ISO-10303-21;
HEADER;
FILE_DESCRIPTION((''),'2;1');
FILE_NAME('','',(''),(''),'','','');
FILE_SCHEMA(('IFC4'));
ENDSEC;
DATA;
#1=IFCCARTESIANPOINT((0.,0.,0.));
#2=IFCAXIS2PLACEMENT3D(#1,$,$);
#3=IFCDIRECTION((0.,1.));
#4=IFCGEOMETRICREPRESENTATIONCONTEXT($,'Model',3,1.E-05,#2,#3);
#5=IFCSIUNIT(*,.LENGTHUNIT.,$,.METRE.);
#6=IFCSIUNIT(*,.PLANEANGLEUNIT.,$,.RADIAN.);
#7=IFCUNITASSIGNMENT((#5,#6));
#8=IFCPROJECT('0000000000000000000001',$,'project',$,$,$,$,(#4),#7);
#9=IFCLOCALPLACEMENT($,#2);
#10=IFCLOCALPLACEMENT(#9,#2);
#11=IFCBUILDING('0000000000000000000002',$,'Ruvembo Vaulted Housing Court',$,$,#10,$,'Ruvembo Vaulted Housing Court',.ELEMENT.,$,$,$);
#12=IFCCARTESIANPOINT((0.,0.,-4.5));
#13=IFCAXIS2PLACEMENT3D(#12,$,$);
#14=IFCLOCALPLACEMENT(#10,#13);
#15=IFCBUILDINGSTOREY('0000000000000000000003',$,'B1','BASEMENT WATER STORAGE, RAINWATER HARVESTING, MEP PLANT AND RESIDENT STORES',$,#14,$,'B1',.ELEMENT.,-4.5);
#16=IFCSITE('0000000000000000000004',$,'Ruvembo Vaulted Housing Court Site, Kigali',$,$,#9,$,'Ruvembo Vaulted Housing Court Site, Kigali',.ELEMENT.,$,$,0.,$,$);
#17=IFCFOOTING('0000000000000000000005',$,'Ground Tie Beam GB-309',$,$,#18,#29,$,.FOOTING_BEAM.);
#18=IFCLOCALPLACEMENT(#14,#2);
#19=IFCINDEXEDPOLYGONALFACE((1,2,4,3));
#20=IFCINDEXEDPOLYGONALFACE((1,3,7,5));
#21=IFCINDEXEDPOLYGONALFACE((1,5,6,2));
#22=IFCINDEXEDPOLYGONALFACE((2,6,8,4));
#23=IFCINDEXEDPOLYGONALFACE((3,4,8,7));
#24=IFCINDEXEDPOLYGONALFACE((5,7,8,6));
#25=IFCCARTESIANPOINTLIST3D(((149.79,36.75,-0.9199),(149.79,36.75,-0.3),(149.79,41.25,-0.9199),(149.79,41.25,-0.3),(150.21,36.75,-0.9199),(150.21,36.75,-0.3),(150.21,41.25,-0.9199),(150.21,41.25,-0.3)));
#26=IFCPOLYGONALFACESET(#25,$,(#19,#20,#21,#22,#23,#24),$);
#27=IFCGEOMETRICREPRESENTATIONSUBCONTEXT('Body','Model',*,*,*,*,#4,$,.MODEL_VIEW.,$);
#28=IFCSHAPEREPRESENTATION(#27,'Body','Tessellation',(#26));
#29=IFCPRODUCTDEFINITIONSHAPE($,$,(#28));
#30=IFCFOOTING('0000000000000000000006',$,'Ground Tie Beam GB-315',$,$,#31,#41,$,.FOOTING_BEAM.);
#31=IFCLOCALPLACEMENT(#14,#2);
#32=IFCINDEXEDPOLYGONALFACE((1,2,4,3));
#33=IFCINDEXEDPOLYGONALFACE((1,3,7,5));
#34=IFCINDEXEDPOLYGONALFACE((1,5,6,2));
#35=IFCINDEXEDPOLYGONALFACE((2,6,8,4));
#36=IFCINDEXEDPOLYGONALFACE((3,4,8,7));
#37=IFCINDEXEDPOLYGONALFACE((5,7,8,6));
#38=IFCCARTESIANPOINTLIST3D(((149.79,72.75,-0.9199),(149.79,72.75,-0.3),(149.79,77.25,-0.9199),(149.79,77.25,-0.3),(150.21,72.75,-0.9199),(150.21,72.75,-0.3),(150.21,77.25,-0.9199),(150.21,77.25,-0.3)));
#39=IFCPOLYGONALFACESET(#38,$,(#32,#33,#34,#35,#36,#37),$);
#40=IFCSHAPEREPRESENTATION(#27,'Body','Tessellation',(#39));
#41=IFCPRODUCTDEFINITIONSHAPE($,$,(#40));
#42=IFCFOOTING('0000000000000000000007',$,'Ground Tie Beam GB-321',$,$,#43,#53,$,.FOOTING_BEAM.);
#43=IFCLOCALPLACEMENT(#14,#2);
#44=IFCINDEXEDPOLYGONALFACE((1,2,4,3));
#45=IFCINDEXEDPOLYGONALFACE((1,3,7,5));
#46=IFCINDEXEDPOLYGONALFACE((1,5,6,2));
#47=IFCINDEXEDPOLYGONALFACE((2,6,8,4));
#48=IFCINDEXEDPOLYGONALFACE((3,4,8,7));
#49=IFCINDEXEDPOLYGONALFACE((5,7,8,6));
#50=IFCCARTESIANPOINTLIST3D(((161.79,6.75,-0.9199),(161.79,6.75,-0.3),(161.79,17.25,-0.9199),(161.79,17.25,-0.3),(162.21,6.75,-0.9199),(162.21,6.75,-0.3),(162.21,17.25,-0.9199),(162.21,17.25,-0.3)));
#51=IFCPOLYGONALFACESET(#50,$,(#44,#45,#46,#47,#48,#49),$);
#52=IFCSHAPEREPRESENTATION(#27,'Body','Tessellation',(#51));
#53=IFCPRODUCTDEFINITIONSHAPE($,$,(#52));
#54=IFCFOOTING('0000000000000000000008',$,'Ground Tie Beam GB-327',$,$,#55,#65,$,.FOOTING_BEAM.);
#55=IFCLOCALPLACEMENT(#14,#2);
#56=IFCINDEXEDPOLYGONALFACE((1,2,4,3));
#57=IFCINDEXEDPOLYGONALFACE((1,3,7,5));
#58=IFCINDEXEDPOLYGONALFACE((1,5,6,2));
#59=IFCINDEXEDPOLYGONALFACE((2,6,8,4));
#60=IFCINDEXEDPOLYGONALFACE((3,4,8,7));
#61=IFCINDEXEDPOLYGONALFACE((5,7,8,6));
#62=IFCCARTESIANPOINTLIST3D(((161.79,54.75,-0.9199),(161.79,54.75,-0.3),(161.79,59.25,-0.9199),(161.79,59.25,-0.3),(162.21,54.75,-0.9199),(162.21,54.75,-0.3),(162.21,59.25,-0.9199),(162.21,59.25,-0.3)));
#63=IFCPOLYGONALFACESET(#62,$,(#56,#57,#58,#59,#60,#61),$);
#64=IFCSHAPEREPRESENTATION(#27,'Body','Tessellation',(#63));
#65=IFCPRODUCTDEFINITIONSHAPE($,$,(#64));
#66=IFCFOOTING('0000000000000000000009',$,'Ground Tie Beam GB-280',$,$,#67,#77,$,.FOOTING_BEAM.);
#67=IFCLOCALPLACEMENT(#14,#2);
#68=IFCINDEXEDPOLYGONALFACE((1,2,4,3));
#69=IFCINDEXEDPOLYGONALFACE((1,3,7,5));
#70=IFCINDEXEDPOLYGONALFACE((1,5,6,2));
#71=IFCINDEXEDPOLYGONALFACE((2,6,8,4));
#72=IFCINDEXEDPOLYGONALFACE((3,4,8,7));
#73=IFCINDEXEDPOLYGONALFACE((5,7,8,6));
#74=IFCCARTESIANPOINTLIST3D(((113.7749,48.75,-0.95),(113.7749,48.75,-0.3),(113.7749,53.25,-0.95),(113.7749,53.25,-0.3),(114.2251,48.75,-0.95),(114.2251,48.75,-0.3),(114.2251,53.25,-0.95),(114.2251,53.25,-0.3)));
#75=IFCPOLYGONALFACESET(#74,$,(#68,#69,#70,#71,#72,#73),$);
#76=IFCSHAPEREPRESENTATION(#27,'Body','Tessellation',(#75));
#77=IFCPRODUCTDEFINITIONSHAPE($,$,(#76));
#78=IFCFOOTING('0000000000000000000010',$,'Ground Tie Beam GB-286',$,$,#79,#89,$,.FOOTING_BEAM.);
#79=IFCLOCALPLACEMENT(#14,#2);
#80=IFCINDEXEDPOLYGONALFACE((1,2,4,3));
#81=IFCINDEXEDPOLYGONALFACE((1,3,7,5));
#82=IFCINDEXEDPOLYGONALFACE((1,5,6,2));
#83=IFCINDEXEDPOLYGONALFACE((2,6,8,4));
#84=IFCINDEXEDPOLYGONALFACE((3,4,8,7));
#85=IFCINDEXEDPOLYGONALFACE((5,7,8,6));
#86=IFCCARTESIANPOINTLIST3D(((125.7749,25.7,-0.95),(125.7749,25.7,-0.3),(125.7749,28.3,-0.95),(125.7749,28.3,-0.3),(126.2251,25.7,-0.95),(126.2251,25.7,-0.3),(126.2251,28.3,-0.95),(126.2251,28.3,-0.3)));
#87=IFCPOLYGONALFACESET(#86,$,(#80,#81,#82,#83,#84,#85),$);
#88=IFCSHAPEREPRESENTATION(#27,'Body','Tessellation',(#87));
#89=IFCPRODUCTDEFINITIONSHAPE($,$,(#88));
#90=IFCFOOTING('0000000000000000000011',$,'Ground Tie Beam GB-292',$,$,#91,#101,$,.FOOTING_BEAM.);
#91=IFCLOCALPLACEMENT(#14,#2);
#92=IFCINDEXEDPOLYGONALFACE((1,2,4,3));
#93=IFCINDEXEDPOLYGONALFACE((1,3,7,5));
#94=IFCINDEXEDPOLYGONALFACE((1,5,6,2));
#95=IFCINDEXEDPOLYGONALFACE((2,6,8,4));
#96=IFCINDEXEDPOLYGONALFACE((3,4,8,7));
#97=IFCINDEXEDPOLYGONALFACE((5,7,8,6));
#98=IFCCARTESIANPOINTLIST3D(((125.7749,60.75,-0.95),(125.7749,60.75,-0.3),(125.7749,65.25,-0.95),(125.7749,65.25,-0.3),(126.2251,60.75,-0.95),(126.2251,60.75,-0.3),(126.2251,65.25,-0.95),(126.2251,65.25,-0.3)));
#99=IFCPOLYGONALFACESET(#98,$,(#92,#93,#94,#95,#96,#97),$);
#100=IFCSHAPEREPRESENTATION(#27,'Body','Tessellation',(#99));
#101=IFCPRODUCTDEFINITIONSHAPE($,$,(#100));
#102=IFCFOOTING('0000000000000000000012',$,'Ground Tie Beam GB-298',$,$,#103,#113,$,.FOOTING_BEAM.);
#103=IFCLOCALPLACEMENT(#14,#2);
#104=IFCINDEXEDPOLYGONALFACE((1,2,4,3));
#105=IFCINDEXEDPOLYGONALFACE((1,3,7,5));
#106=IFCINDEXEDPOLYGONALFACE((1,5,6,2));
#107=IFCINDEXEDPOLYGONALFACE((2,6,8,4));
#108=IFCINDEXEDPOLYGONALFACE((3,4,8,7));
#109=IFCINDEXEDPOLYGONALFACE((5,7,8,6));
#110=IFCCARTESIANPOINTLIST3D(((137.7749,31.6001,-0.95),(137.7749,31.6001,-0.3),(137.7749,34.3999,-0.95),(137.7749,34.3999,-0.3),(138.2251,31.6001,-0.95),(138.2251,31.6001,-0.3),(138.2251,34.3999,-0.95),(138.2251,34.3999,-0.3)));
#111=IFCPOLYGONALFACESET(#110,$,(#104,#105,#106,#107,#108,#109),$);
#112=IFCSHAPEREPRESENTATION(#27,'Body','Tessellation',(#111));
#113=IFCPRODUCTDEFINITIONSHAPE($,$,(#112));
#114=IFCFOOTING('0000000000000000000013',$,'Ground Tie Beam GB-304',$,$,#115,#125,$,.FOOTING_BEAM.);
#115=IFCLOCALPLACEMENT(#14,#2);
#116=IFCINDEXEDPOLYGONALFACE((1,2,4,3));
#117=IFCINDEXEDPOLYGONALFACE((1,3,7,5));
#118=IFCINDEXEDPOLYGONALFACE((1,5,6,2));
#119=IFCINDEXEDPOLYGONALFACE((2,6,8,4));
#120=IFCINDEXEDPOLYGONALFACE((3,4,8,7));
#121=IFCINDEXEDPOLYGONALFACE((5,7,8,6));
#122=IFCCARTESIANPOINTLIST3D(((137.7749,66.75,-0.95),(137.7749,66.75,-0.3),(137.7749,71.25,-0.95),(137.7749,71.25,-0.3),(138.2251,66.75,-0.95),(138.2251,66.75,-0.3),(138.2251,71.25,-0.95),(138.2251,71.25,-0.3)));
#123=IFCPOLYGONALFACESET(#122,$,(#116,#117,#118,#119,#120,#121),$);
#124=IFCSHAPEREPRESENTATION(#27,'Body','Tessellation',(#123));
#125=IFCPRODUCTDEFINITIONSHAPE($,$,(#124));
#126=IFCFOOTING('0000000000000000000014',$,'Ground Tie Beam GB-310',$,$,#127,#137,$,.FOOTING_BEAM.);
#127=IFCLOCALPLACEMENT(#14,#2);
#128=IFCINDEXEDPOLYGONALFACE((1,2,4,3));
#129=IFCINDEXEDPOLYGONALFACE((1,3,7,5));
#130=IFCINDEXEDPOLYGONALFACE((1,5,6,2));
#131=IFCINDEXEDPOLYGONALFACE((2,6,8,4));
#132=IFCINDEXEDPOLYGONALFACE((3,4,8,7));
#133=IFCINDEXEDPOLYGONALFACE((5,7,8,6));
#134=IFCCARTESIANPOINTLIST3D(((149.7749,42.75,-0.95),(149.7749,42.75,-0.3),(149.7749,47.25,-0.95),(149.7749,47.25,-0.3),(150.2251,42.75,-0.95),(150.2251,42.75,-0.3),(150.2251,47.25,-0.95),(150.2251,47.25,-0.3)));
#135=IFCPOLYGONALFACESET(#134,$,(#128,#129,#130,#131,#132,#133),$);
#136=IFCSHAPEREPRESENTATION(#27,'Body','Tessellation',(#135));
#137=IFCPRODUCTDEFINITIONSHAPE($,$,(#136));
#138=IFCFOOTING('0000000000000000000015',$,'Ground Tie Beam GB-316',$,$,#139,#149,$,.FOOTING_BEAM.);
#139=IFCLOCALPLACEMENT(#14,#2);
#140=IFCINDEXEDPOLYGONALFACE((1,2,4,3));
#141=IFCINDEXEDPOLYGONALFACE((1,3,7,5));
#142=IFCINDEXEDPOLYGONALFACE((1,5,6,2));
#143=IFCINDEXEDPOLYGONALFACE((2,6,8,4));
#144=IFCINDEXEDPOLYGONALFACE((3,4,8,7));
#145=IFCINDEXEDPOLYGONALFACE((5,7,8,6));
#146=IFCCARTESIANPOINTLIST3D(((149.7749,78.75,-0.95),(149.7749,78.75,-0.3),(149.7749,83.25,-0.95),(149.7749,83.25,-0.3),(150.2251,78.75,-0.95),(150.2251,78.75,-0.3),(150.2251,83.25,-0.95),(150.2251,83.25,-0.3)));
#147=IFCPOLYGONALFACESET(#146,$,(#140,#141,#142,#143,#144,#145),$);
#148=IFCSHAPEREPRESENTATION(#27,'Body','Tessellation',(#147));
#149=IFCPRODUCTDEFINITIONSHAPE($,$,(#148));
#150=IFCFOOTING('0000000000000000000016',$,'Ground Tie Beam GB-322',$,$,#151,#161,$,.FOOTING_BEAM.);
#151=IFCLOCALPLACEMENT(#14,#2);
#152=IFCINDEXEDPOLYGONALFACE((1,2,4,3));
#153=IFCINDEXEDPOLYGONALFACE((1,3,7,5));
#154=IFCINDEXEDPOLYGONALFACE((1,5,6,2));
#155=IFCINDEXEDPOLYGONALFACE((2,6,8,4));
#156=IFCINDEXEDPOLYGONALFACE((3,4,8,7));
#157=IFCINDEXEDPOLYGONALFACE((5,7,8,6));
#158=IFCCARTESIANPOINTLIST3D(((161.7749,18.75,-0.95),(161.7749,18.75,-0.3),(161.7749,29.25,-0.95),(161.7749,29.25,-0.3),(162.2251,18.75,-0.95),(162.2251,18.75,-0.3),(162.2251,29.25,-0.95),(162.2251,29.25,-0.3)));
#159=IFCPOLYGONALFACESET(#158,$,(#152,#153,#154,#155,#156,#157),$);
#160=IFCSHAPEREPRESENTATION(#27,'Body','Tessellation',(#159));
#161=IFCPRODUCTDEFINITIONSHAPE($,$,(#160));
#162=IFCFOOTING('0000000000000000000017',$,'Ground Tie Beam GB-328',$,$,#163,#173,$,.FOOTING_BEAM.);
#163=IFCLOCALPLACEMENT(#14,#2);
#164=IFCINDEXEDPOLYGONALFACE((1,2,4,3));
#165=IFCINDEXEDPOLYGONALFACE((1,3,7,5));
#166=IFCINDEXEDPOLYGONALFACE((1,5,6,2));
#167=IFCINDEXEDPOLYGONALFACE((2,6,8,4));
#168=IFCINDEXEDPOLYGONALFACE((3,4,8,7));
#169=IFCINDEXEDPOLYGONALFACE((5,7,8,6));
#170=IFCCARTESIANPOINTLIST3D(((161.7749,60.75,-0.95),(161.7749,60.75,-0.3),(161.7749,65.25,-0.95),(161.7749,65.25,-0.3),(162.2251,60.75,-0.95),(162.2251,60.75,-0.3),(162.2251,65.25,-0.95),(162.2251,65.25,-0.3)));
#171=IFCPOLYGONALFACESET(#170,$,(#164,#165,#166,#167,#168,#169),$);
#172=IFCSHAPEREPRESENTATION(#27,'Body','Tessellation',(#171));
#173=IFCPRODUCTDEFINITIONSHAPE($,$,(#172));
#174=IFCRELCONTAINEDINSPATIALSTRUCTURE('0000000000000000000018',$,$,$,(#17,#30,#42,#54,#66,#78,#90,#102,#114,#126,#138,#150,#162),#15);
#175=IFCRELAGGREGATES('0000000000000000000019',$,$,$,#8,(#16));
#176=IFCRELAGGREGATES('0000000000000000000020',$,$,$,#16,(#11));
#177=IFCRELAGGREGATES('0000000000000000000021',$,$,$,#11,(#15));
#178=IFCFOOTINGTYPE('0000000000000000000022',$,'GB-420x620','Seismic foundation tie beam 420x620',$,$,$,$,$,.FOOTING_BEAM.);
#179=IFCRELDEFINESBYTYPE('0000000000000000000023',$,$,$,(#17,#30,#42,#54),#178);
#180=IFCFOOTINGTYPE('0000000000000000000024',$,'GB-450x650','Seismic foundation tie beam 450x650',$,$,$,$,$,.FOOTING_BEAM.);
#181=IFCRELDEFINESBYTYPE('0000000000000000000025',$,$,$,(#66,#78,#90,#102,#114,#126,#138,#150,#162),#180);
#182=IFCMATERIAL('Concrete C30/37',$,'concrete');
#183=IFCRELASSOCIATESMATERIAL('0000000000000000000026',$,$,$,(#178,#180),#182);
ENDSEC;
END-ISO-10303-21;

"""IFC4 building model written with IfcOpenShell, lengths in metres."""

from ifc_helpers import new_model, si_unit, direction, frame, origin, place, context, subcontext, project, spatial, polyline, outline, extrude, material, type_object, element, save


model = new_model("IFC4")

# Units and contexts
model_context = context("Model", 3, precision=1e-05, world=origin(), true_north=direction((0.0, 1.0)))
body_context = subcontext(model_context, "Body", "Model", "MODEL_VIEW")
ifc_project = project(units=[si_unit("LENGTHUNIT", "METRE"), si_unit("PLANEANGLEUNIT", "RADIAN")], contexts=[model_context])

# Site, building, storey
site_placement = place(None, origin())
site = spatial("IfcSite", under=ifc_project, at=site_placement, Name="Ruvembo Vaulted Housing Court Site, Kigali", LongName="Ruvembo Vaulted Housing Court Site, Kigali", CompositionType="ELEMENT", RefElevation=0.0)
building_placement = place(site_placement, origin())
building = spatial("IfcBuilding", under=site, at=building_placement, Name="Ruvembo Vaulted Housing Court", LongName="Ruvembo Vaulted Housing Court", CompositionType="ELEMENT")
storey_placement = place(building_placement, frame((0.0, 0.0, -4.5)))
storey = spatial("IfcBuildingStorey", under=building, at=storey_placement, Name="B1", Description="BASEMENT WATER STORAGE, RAINWATER HARVESTING, MEP PLANT AND RESIDENT STORES", LongName="B1", CompositionType="ELEMENT", Elevation=-4.5)

# Footings
ifc_material = material(Name="Concrete C30/37", Category="concrete")
footing_type_1 = type_object("IfcFootingType", Name="GB-420x620", Description="Seismic foundation tie beam 420x620", PredefinedType="FOOTING_BEAM", material=ifc_material)
footing_1_placement = place(storey_placement, frame((0.0, 0.0, -0.9199)))
element("IfcFooting", 1, at=footing_1_placement, inside=storey, type_object=footing_type_1, Name="Ground Tie Beam GB-309", PredefinedType="FOOTING_BEAM", context=body_context, shape_type="SweptSolid", body=[
    extrude(outline(polyline([(149.79, 36.75), (150.21, 36.75), (150.21, 41.25), (149.79, 41.25), (149.79, 36.75)])), origin(), (0.0, 0.0, 1.0), 0.6199),
])
footing_2_placement = place(storey_placement, frame((0.0, 0.0, -0.9199)))
element("IfcFooting", 2, at=footing_2_placement, inside=storey, type_object=footing_type_1, Name="Ground Tie Beam GB-315", PredefinedType="FOOTING_BEAM", context=body_context, shape_type="SweptSolid", body=[
    extrude(outline(polyline([(149.79, 72.75), (150.21, 72.75), (150.21, 77.25), (149.79, 77.25), (149.79, 72.75)])), origin(), (0.0, 0.0, 1.0), 0.6199),
])
footing_3_placement = place(storey_placement, frame((0.0, 0.0, -0.9199)))
element("IfcFooting", 3, at=footing_3_placement, inside=storey, type_object=footing_type_1, Name="Ground Tie Beam GB-321", PredefinedType="FOOTING_BEAM", context=body_context, shape_type="SweptSolid", body=[
    extrude(outline(polyline([(161.79, 6.75), (162.21, 6.75), (162.21, 17.25), (161.79, 17.25), (161.79, 6.75)])), origin(), (0.0, 0.0, 1.0), 0.6199),
])
footing_4_placement = place(storey_placement, frame((0.0, 0.0, -0.9199)))
element("IfcFooting", 4, at=footing_4_placement, inside=storey, type_object=footing_type_1, Name="Ground Tie Beam GB-327", PredefinedType="FOOTING_BEAM", context=body_context, shape_type="SweptSolid", body=[
    extrude(outline(polyline([(161.79, 54.75), (162.21, 54.75), (162.21, 59.25), (161.79, 59.25), (161.79, 54.75)])), origin(), (0.0, 0.0, 1.0), 0.6199),
])
footing_type_2 = type_object("IfcFootingType", Name="GB-450x650", Description="Seismic foundation tie beam 450x650", PredefinedType="FOOTING_BEAM", material=ifc_material)
footing_5_placement = place(storey_placement, frame((0.0, 0.0, -0.95)))
element("IfcFooting", 5, at=footing_5_placement, inside=storey, type_object=footing_type_2, Name="Ground Tie Beam GB-280", PredefinedType="FOOTING_BEAM", context=body_context, shape_type="SweptSolid", body=[
    extrude(outline(polyline([(113.7749, 48.75), (114.2251, 48.75), (114.2251, 53.25), (113.7749, 53.25), (113.7749, 48.75)])), origin(), (0.0, 0.0, 1.0), 0.6499),
])
footing_6_placement = place(storey_placement, frame((0.0, 0.0, -0.95)))
element("IfcFooting", 6, at=footing_6_placement, inside=storey, type_object=footing_type_2, Name="Ground Tie Beam GB-286", PredefinedType="FOOTING_BEAM", context=body_context, shape_type="SweptSolid", body=[
    extrude(outline(polyline([(125.7749, 25.7), (126.2251, 25.7), (126.2251, 28.3), (125.7749, 28.3), (125.7749, 25.7)])), origin(), (0.0, 0.0, 1.0), 0.6499),
])
footing_7_placement = place(storey_placement, frame((0.0, 0.0, -0.95)))
element("IfcFooting", 7, at=footing_7_placement, inside=storey, type_object=footing_type_2, Name="Ground Tie Beam GB-292", PredefinedType="FOOTING_BEAM", context=body_context, shape_type="SweptSolid", body=[
    extrude(outline(polyline([(125.7749, 60.75), (126.2251, 60.75), (126.2251, 65.25), (125.7749, 65.25), (125.7749, 60.75)])), origin(), (0.0, 0.0, 1.0), 0.6499),
])
footing_8_placement = place(storey_placement, frame((0.0, 0.0, -0.95)))
element("IfcFooting", 8, at=footing_8_placement, inside=storey, type_object=footing_type_2, Name="Ground Tie Beam GB-298", PredefinedType="FOOTING_BEAM", context=body_context, shape_type="SweptSolid", body=[
    extrude(outline(polyline([(137.7749, 31.6001), (138.2251, 31.6001), (138.2251, 34.3999), (137.7749, 34.3999), (137.7749, 31.6001)])), origin(), (0.0, 0.0, 1.0), 0.6499),
])
footing_9_placement = place(storey_placement, frame((0.0, 0.0, -0.95)))
element("IfcFooting", 9, at=footing_9_placement, inside=storey, type_object=footing_type_2, Name="Ground Tie Beam GB-304", PredefinedType="FOOTING_BEAM", context=body_context, shape_type="SweptSolid", body=[
    extrude(outline(polyline([(137.7749, 66.75), (138.2251, 66.75), (138.2251, 71.25), (137.7749, 71.25), (137.7749, 66.75)])), origin(), (0.0, 0.0, 1.0), 0.6499),
])
footing_10_placement = place(storey_placement, frame((0.0, 0.0, -0.95)))
element("IfcFooting", 10, at=footing_10_placement, inside=storey, type_object=footing_type_2, Name="Ground Tie Beam GB-310", PredefinedType="FOOTING_BEAM", context=body_context, shape_type="SweptSolid", body=[
    extrude(outline(polyline([(149.7749, 42.75), (150.2251, 42.75), (150.2251, 47.25), (149.7749, 47.25), (149.7749, 42.75)])), origin(), (0.0, 0.0, 1.0), 0.6499),
])
footing_11_placement = place(storey_placement, frame((0.0, 0.0, -0.95)))
element("IfcFooting", 11, at=footing_11_placement, inside=storey, type_object=footing_type_2, Name="Ground Tie Beam GB-316", PredefinedType="FOOTING_BEAM", context=body_context, shape_type="SweptSolid", body=[
    extrude(outline(polyline([(149.7749, 78.75), (150.2251, 78.75), (150.2251, 83.25), (149.7749, 83.25), (149.7749, 78.75)])), origin(), (0.0, 0.0, 1.0), 0.6499),
])
footing_12_placement = place(storey_placement, frame((0.0, 0.0, -0.95)))
element("IfcFooting", 12, at=footing_12_placement, inside=storey, type_object=footing_type_2, Name="Ground Tie Beam GB-322", PredefinedType="FOOTING_BEAM", context=body_context, shape_type="SweptSolid", body=[
    extrude(outline(polyline([(161.7749, 18.75), (162.2251, 18.75), (162.2251, 29.25), (161.7749, 29.25), (161.7749, 18.75)])), origin(), (0.0, 0.0, 1.0), 0.6499),
])
footing_13_placement = place(storey_placement, frame((0.0, 0.0, -0.95)))
element("IfcFooting", 13, at=footing_13_placement, inside=storey, type_object=footing_type_2, Name="Ground Tie Beam GB-328", PredefinedType="FOOTING_BEAM", context=body_context, shape_type="SweptSolid", body=[
    extrude(outline(polyline([(161.7749, 60.75), (162.2251, 60.75), (162.2251, 65.25), (161.7749, 65.25), (161.7749, 60.75)])), origin(), (0.0, 0.0, 1.0), 0.6499),
])

save(model, "model.ifc")
